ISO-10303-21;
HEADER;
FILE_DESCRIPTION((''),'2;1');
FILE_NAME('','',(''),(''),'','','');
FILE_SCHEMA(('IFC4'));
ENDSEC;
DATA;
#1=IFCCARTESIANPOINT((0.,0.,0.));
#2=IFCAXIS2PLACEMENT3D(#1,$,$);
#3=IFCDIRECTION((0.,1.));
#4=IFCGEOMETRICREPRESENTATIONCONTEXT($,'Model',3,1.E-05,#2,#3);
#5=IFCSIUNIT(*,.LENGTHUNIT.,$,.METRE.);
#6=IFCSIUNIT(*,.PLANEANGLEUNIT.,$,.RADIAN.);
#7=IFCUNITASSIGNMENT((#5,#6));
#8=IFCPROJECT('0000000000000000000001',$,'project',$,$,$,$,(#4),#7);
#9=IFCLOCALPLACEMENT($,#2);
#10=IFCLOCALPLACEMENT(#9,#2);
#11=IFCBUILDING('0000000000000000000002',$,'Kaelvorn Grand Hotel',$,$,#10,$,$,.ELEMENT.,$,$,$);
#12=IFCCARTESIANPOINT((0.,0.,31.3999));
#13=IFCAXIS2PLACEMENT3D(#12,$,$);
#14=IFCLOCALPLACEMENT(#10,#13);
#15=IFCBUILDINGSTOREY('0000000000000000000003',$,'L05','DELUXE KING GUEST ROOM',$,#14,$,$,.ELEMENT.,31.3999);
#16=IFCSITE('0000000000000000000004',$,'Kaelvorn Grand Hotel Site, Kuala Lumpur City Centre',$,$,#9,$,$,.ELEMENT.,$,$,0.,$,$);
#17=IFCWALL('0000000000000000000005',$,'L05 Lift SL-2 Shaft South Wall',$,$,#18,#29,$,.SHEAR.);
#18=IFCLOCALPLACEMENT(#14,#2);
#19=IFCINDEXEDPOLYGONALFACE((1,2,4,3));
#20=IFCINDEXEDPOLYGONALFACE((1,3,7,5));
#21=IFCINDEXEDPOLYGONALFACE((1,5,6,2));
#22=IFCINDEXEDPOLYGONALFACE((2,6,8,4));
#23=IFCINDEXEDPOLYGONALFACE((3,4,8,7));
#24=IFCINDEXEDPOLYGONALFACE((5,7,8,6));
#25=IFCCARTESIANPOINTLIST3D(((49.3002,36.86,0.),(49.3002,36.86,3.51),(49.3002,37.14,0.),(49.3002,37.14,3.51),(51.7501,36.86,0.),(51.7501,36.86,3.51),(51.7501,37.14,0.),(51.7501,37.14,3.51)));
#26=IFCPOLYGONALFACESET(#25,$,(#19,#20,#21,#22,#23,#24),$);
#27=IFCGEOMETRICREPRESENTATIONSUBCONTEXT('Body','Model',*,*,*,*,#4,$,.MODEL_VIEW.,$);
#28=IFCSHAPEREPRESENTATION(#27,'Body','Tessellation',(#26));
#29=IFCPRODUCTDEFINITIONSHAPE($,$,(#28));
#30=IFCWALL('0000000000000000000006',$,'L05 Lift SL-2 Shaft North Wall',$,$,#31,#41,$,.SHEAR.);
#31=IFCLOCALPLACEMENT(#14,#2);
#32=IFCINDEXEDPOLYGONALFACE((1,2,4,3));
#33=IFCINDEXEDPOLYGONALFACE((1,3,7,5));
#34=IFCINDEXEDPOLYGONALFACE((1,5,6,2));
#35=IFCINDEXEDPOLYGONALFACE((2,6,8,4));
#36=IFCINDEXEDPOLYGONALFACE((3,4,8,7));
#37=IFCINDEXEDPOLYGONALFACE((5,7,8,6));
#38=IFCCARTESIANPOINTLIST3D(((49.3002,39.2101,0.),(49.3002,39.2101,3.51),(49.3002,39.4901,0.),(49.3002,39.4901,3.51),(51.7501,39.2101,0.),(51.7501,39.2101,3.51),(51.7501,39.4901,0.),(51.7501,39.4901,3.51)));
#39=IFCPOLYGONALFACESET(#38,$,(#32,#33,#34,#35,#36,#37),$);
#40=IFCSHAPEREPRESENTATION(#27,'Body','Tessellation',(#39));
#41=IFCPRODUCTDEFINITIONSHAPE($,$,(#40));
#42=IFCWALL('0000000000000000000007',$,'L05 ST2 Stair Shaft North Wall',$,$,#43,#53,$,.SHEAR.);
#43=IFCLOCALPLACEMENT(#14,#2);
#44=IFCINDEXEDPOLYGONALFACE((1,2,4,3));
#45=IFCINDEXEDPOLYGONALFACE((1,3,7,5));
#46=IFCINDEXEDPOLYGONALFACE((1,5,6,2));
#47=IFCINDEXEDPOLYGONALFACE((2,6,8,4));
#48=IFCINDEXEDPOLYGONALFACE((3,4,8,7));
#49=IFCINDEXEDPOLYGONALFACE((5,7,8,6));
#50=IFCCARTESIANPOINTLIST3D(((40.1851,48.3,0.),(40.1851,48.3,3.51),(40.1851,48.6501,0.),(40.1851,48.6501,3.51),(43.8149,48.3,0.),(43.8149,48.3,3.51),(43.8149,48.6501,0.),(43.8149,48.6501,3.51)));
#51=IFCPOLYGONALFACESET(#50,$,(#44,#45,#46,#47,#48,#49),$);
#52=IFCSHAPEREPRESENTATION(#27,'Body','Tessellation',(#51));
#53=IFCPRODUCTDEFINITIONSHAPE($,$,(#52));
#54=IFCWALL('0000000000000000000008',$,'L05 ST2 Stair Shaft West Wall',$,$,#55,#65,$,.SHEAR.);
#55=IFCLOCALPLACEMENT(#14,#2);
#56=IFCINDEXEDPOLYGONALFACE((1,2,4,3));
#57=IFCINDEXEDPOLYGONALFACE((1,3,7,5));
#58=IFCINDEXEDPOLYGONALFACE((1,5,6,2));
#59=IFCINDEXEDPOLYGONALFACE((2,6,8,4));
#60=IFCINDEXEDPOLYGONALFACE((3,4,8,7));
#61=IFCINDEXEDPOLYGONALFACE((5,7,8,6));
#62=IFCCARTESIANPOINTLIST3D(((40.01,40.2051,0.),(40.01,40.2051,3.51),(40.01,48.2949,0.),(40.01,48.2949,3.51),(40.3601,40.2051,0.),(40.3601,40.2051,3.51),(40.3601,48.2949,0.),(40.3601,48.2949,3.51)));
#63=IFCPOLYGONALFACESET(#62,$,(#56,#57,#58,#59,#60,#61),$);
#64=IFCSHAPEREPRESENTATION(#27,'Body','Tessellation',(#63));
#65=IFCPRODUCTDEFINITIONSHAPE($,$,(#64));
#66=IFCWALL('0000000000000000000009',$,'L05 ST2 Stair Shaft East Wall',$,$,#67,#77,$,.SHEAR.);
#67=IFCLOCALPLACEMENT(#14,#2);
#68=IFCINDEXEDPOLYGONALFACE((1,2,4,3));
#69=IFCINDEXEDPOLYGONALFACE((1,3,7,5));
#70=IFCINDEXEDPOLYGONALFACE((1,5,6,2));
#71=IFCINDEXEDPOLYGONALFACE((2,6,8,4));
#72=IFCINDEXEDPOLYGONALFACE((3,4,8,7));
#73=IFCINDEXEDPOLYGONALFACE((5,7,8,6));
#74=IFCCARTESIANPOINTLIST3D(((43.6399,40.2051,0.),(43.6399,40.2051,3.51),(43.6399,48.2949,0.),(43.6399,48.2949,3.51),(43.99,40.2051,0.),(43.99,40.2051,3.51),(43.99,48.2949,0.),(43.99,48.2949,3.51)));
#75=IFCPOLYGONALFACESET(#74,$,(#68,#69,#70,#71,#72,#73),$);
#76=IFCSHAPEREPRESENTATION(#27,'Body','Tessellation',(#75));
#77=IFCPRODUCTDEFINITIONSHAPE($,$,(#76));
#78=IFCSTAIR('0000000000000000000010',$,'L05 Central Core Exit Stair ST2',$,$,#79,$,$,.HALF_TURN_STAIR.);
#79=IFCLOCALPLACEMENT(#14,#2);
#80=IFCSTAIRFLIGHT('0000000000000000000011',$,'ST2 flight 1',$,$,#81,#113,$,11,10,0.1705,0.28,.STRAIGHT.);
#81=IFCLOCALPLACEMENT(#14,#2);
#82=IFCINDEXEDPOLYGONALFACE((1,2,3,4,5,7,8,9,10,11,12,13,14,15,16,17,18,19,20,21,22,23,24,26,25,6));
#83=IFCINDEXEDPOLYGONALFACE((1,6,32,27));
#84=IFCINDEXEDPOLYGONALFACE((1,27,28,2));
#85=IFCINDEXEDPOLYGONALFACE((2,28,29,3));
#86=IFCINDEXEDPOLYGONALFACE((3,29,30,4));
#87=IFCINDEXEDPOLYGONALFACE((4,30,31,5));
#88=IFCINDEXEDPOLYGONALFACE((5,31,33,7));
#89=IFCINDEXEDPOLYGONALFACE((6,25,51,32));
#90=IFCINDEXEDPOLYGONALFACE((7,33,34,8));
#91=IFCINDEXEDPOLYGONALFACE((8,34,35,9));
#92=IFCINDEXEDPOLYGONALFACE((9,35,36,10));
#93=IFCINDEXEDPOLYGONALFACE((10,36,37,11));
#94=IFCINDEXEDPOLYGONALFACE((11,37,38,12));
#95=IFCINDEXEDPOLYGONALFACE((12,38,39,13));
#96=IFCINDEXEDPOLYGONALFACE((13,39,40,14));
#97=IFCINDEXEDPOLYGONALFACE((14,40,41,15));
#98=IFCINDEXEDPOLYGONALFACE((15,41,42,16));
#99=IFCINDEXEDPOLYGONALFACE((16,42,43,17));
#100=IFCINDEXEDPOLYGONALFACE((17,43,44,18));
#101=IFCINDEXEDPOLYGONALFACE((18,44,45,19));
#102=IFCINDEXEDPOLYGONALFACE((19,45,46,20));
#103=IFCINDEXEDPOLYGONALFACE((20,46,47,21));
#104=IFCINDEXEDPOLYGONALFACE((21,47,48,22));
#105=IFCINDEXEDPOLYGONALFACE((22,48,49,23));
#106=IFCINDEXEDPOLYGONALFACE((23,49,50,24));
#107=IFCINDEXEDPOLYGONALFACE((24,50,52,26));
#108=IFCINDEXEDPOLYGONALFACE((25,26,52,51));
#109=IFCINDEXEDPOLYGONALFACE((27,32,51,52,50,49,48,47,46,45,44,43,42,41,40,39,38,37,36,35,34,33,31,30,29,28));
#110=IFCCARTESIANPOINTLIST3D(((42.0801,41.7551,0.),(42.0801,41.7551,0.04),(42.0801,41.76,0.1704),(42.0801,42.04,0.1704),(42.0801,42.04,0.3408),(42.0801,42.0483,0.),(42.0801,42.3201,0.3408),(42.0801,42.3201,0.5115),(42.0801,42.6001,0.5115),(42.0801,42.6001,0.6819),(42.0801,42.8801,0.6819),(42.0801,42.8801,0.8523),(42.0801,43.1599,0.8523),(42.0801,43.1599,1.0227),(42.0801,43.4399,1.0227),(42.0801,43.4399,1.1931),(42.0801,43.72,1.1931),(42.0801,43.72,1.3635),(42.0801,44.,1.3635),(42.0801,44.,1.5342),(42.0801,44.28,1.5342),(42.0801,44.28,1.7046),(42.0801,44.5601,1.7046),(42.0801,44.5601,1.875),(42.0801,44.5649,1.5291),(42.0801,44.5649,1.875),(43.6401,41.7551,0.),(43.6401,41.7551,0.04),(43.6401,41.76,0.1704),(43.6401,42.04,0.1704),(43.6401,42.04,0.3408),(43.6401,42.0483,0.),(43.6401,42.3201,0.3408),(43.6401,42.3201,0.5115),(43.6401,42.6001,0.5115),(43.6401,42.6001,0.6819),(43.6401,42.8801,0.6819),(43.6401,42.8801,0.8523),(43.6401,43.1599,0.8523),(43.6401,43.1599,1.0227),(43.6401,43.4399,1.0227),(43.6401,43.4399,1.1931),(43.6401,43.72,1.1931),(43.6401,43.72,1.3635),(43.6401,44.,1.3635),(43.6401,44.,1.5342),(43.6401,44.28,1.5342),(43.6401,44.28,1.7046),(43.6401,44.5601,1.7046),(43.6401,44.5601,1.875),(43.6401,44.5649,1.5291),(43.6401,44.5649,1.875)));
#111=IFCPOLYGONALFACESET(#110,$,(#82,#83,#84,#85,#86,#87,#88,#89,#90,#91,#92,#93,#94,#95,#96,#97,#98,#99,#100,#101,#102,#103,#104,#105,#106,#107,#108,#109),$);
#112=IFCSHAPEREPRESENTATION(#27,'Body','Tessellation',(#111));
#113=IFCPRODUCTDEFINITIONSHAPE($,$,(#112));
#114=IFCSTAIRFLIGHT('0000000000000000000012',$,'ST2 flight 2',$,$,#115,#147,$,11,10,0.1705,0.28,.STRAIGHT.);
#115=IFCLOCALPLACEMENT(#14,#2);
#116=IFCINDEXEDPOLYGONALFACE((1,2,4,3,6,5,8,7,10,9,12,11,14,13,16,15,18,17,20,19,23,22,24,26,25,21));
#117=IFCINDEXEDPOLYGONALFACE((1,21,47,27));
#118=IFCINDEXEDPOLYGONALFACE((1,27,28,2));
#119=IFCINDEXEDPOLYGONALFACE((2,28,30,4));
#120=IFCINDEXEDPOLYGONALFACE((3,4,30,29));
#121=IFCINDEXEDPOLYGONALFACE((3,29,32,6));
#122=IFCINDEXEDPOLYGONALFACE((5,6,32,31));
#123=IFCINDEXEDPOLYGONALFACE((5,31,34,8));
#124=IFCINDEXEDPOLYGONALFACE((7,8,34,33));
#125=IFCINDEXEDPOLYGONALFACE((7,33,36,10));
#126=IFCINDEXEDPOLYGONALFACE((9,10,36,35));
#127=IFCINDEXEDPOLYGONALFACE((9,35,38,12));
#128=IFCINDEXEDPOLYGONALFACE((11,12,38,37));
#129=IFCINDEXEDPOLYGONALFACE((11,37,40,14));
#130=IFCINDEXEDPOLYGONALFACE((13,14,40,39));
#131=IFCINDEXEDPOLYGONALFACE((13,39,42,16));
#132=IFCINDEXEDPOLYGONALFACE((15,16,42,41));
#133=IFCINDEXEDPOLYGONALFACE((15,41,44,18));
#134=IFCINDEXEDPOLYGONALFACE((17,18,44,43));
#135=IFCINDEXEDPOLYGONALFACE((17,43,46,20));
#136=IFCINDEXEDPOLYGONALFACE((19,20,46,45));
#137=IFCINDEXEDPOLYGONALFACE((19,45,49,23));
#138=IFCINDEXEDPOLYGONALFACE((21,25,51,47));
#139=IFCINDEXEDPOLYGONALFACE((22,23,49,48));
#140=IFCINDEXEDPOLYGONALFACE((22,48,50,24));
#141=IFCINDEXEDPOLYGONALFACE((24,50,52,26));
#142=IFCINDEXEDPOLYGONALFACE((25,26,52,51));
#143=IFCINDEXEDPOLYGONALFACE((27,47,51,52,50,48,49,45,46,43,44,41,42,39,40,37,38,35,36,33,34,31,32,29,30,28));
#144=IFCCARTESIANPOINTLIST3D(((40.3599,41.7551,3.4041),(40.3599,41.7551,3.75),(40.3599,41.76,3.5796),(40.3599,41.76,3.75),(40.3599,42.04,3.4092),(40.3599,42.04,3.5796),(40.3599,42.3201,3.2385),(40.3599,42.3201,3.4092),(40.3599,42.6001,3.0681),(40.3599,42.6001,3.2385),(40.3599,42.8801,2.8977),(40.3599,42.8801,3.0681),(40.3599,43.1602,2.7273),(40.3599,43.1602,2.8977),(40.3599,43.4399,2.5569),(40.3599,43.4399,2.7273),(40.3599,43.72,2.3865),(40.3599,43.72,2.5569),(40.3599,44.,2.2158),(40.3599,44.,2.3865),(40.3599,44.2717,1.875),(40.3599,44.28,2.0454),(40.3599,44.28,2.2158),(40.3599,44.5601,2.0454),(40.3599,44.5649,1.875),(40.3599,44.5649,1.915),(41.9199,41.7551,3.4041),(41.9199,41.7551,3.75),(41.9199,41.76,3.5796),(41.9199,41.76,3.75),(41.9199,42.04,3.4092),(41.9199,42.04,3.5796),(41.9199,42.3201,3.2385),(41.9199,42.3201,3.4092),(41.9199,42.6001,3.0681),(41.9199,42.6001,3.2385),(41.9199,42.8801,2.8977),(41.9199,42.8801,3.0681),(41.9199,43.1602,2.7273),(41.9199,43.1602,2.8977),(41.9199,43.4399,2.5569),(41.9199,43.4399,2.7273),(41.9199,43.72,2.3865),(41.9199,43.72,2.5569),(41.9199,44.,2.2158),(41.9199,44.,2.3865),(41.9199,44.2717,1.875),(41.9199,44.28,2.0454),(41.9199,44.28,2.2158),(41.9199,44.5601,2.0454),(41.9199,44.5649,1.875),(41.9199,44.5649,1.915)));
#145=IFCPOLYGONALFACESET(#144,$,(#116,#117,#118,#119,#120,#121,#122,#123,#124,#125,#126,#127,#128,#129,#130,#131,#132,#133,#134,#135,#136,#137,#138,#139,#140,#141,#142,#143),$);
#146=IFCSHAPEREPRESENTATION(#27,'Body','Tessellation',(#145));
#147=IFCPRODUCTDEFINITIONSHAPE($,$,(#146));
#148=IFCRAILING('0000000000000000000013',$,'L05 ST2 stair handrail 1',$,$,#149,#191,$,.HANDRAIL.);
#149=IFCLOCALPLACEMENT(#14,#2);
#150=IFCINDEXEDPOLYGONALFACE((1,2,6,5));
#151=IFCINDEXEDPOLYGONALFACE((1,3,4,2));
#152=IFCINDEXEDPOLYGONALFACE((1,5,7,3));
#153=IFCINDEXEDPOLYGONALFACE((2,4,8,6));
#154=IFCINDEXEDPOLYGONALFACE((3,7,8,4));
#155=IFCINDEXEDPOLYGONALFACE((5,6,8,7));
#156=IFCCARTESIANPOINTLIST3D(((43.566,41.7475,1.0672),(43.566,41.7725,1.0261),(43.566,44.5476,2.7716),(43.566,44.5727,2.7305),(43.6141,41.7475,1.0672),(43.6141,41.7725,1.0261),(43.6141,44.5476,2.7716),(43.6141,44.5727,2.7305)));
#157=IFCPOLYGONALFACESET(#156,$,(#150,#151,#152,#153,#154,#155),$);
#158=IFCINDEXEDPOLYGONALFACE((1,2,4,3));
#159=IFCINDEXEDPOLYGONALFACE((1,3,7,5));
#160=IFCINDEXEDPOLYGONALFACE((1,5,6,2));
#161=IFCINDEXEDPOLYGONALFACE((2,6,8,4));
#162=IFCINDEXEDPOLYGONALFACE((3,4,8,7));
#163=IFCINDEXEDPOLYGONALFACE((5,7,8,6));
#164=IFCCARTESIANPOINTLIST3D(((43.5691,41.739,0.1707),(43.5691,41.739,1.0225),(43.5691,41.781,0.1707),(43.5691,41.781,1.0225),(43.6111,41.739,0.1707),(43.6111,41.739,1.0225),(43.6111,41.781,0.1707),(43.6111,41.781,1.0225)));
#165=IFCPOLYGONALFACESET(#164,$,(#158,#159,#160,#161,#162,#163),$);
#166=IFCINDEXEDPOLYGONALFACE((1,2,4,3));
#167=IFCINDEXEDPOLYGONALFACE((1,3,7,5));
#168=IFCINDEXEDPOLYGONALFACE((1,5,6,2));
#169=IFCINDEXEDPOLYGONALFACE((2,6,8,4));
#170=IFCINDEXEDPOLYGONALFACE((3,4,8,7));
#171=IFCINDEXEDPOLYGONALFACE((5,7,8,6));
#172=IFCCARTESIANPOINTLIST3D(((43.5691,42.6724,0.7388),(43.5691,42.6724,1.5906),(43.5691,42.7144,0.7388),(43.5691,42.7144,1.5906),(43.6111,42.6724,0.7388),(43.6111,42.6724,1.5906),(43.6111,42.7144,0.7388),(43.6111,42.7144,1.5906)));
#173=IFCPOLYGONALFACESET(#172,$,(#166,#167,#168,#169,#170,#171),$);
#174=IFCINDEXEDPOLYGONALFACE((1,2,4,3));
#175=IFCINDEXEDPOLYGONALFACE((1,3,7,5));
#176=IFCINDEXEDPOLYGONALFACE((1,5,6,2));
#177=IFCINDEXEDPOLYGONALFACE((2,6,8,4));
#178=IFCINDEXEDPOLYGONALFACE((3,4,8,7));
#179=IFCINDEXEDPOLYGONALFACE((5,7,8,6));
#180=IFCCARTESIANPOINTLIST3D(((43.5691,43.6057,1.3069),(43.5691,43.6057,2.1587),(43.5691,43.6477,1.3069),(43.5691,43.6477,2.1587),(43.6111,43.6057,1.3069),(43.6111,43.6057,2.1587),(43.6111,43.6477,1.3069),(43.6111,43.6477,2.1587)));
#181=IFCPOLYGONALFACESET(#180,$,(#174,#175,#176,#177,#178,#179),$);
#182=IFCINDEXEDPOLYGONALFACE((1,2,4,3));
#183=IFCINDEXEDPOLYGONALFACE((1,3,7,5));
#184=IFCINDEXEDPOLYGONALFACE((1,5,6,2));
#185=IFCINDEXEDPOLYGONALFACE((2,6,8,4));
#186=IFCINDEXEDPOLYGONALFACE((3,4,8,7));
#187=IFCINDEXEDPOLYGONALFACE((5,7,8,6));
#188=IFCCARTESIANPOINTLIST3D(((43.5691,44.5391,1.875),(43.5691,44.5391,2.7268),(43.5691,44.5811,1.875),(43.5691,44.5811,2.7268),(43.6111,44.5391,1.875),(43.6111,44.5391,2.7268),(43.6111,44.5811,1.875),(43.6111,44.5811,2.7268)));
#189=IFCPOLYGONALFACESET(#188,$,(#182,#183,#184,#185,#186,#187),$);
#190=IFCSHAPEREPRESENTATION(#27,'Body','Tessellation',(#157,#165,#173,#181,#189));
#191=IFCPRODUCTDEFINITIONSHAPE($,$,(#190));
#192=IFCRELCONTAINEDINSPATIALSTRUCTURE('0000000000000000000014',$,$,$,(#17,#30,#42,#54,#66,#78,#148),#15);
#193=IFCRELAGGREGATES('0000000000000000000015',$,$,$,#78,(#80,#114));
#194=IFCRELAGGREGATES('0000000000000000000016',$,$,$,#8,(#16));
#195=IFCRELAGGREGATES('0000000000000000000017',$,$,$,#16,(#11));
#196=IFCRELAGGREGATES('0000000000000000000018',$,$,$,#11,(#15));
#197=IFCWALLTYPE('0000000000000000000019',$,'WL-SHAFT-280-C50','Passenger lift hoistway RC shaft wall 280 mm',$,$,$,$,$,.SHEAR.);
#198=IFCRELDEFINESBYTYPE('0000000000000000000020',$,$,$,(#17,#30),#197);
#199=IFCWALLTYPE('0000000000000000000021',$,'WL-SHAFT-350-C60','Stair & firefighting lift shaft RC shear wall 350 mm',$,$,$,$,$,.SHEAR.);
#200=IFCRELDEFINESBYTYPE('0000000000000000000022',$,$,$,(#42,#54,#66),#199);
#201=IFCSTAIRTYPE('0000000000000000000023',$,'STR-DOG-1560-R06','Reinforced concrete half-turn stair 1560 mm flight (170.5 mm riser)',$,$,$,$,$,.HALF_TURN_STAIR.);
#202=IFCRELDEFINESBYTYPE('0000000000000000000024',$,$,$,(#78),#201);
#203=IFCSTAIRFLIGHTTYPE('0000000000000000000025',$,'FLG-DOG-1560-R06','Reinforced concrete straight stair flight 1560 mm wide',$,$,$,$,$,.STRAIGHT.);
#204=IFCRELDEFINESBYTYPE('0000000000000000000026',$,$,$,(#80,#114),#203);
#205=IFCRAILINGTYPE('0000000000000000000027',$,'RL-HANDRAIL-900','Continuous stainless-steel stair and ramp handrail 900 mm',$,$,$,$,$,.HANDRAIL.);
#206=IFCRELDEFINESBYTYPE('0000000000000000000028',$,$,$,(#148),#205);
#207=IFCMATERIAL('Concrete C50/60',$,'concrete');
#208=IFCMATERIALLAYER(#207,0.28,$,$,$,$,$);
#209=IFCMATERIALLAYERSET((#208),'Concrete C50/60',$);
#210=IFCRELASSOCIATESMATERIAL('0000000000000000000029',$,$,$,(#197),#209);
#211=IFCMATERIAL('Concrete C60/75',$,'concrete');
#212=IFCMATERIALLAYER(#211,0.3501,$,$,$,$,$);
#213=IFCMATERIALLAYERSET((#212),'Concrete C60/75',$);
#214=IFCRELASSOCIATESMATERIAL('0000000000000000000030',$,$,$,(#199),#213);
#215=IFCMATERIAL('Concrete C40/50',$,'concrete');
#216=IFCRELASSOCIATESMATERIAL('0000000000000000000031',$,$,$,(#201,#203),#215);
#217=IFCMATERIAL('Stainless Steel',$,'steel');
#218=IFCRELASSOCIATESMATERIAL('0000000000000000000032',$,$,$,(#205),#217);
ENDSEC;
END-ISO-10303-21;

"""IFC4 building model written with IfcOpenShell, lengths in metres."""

from ifc_helpers import new_model, si_unit, direction, frame, frame_2d, origin, origin_2d, place, context, subcontext, project, spatial, polyline, rectangle, outline, extrude, material, layer, layer_set, type_object, element, aggregate, save


model = new_model("IFC4")

# Units and contexts
model_context = context("Model", 3, precision=1e-05, world=origin(), true_north=direction((0.0, 1.0)))
body_context = subcontext(model_context, "Body", "Model", "MODEL_VIEW")
ifc_project = project(units=[si_unit("LENGTHUNIT", "METRE"), si_unit("PLANEANGLEUNIT", "RADIAN")], contexts=[model_context])

# Site, building, storey
site_placement = place(None, origin())
site = spatial("IfcSite", under=ifc_project, at=site_placement, Name="Kaelvorn Grand Hotel Site, Kuala Lumpur City Centre", CompositionType="ELEMENT", RefElevation=0.0)
building_placement = place(site_placement, origin())
building = spatial("IfcBuilding", under=site, at=building_placement, Name="Kaelvorn Grand Hotel", CompositionType="ELEMENT")
storey_placement = place(building_placement, frame((0.0, 0.0, 31.3999)))
storey = spatial("IfcBuildingStorey", under=building, at=storey_placement, Name="L05", Description="DELUXE KING GUEST ROOM", CompositionType="ELEMENT", Elevation=31.3999)

# Walls
ifc_material_1 = material(Name="Concrete C40/50", Category="concrete")
ifc_material_2 = material(Name="Concrete C50/60", Category="concrete")
ifc_layer_1 = layer(ifc_material_2, 0.28)
ifc_layer_set_1 = layer_set([ifc_layer_1], Name="Concrete C50/60")
wall_type_1 = type_object("IfcWallType", Name="WL-SHAFT-280-C50", Description="Passenger lift hoistway RC shaft wall 280 mm", PredefinedType="SHEAR", material=ifc_layer_set_1)
for number, where, z_axis, x_axis, name in (
    (1, (49.3, 37.0, 0.0), (0.0, 0.0, 1.0), (1.0, 0.0, 0.0), "L05 Lift SL-2 Shaft South Wall"),
    (2, (49.3, 39.3501, 0.0), (0.0, 0.0, 1.0), (1.0, 0.0, 0.0), "L05 Lift SL-2 Shaft North Wall"),
):
    element("IfcWall", number, at=place(storey_placement, frame(where, z_axis=z_axis, x_axis=x_axis)), inside=storey, type_object=wall_type_1, Name=name, PredefinedType="SHEAR", context=body_context, shape_type="SweptSolid", body=[
        extrude(rectangle(XDim=2.45, YDim=0.28, at=frame_2d((1.2251, 0.0))), origin(), (0.0, 0.0, 1.0), 3.51),
    ])

# Shared definitions
ifc_material_3 = material(Name="Concrete C60/75", Category="concrete")
ifc_layer_2 = layer(ifc_material_3, 0.3501)
ifc_layer_set_2 = layer_set([ifc_layer_2], Name="Concrete C60/75")
wall_type_2 = type_object("IfcWallType", Name="WL-SHAFT-350-C60", Description="Stair & firefighting lift shaft RC shear wall 350 mm", PredefinedType="SHEAR", material=ifc_layer_set_2)

# Walls
wall_1_placement = place(storey_placement, frame((40.1851, 48.4751, 0.0), z_axis=(0.0, 0.0, 1.0), x_axis=(1.0, 0.0, 0.0)))
element("IfcWall", 3, at=wall_1_placement, inside=storey, type_object=wall_type_2, Name="L05 ST2 Stair Shaft North Wall", PredefinedType="SHEAR", context=body_context, shape_type="SweptSolid", body=[
    extrude(rectangle(XDim=3.6299, YDim=0.3501, at=frame_2d((1.8149, 0.0))), origin(), (0.0, 0.0, 1.0), 3.51),
])
for number, where, z_axis, x_axis, name in (
    (4, (40.1851, 40.2051, 0.0), (0.0, 0.0, 1.0), (0.0, 1.0, 0.0), "L05 ST2 Stair Shaft West Wall"),
    (5, (43.8149, 40.2051, 0.0), (0.0, 0.0, 1.0), (0.0, 1.0, 0.0), "L05 ST2 Stair Shaft East Wall"),
):
    element("IfcWall", number, at=place(storey_placement, frame(where, z_axis=z_axis, x_axis=x_axis)), inside=storey, type_object=wall_type_2, Name=name, PredefinedType="SHEAR", context=body_context, shape_type="SweptSolid", body=[
        extrude(rectangle(XDim=8.0898, YDim=0.3501, at=frame_2d((4.0449, 0.0))), origin(), (0.0, 0.0, 1.0), 3.51),
    ])

# Stair, stair flights
stair_type = type_object("IfcStairType", Name="STR-DOG-1560-R06", Description="Reinforced concrete half-turn stair 1560 mm flight (170.5 mm riser)", PredefinedType="HALF_TURN_STAIR", material=ifc_material_1)
stair_placement = place(storey_placement, origin())
stair = element("IfcStair", 6, at=stair_placement, inside=storey, type_object=stair_type, Name="L05 Central Core Exit Stair ST2", PredefinedType="HALF_TURN_STAIR")
stair_flight_type = type_object("IfcStairFlightType", Name="FLG-DOG-1560-R06", Description="Reinforced concrete straight stair flight 1560 mm wide", PredefinedType="STRAIGHT", material=ifc_material_1)
stair_flight_1_placement = place(storey_placement, frame((42.8601, 41.76, 0.0), z_axis=(0.0, 0.0, 1.0), x_axis=(0.0, 1.0, 0.0)))
stair_flight_1 = element("IfcStairFlight", 7, at=stair_flight_1_placement, type_object=stair_flight_type, Name="ST2 flight 1", NumberOfRisers=11, NumberOfTreads=10, PredefinedType="STRAIGHT", RiserHeight=0.1705, TreadLength=0.28, context=body_context, shape_type="SweptSolid", body=[
    extrude(outline(polyline([(-0.0049, 0.0), (-0.0049, 0.04), (0.0, 0.1704), (0.28, 0.1704), (0.28, 0.3408), (0.5601, 0.3408), (0.5601, 0.5115), (0.8401, 0.5115), (0.8401, 0.6819), (1.1201, 0.6819), (1.1201, 0.8523), (1.3999, 0.8523), (1.3999, 1.0227), (1.6799, 1.0227), (1.6799, 1.1931), (1.96, 1.1931), (1.96, 1.3635), (2.24, 1.3635), (2.24, 1.5342), (2.52, 1.5342), (2.52, 1.7046), (2.8, 1.7046), (2.8, 1.875), (2.8049, 1.875), (2.8049, 1.5291), (0.2883, 0.0), (-0.0049, 0.0)])), frame((0.0, 0.78, 0.0), z_axis=(0.0, -1.0, 0.0), x_axis=(1.0, 0.0, 0.0)), (0.0, 0.0, 1.0), 1.5601),
])
stair_flight_2_placement = place(storey_placement, frame((41.1399, 44.5601, 1.875), z_axis=(0.0, 0.0, 1.0), x_axis=(0.0, -1.0, 0.0)))
stair_flight_2 = element("IfcStairFlight", 8, at=stair_flight_2_placement, type_object=stair_flight_type, Name="ST2 flight 2", NumberOfRisers=11, NumberOfTreads=10, PredefinedType="STRAIGHT", RiserHeight=0.1705, TreadLength=0.28, context=body_context, shape_type="SweptSolid", body=[
    extrude(outline(polyline([(-0.0049, 0.0), (-0.0049, 0.04), (0.0, 0.1704), (0.28, 0.1704), (0.28, 0.3408), (0.5601, 0.3408), (0.5601, 0.5115), (0.8401, 0.5115), (0.8401, 0.6819), (1.1201, 0.6819), (1.1201, 0.8523), (1.3999, 0.8523), (1.3999, 1.0227), (1.6799, 1.0227), (1.6799, 1.1931), (1.96, 1.1931), (1.96, 1.3635), (2.24, 1.3635), (2.24, 1.5342), (2.52, 1.5342), (2.52, 1.7046), (2.8, 1.7046), (2.8, 1.875), (2.8049, 1.875), (2.8049, 1.5291), (0.2883, 0.0), (-0.0049, 0.0)])), frame((0.0, 0.78, 0.0), z_axis=(0.0, -1.0, 0.0), x_axis=(1.0, 0.0, 0.0)), (0.0, 0.0, 1.0), 1.5601),
])
aggregate(stair, [stair_flight_1, stair_flight_2])

# Railing
ifc_material_4 = material(Name="Stainless Steel", Category="steel")
railing_type_1 = type_object("IfcRailingType", Name="RL-HANDRAIL-900", Description="Continuous stainless-steel stair and ramp handrail 900 mm", PredefinedType="HANDRAIL", material=ifc_material_4)
railing_1_placement = place(storey_placement, frame((43.5901, 41.76, 0.1707)))
element("IfcRailing", 9, at=railing_1_placement, inside=storey, type_object=railing_type_1, Name="L05 ST2 stair handrail 1", PredefinedType="HANDRAIL", context=body_context, shape_type="SweptSolid", body=[
    extrude(rectangle(XDim=0.0481, YDim=0.0481, at=origin_2d()), frame((0.0, 0.0, 0.876), z_axis=(0.0, 0.854203, 0.51994), x_axis=(-1.0, 0.0, 0.0)), (0.0, 0.0, 1.0), 3.2781),
    extrude(rectangle(XDim=0.042, YDim=0.042, at=origin_2d()), origin(), (0.0, 0.0, 1.0), 0.8518),
    extrude(rectangle(XDim=0.042, YDim=0.042, at=origin_2d()), frame((0.0, 0.9333, 0.5681)), (0.0, 0.0, 1.0), 0.8518),
    extrude(rectangle(XDim=0.042, YDim=0.042, at=origin_2d()), frame((0.0, 1.8667, 1.1362)), (0.0, 0.0, 1.0), 0.8518),
    extrude(rectangle(XDim=0.042, YDim=0.042, at=origin_2d()), frame((0.0, 2.8, 1.7043)), (0.0, 0.0, 1.0), 0.8518),
])

save(model, "model.ifc")
